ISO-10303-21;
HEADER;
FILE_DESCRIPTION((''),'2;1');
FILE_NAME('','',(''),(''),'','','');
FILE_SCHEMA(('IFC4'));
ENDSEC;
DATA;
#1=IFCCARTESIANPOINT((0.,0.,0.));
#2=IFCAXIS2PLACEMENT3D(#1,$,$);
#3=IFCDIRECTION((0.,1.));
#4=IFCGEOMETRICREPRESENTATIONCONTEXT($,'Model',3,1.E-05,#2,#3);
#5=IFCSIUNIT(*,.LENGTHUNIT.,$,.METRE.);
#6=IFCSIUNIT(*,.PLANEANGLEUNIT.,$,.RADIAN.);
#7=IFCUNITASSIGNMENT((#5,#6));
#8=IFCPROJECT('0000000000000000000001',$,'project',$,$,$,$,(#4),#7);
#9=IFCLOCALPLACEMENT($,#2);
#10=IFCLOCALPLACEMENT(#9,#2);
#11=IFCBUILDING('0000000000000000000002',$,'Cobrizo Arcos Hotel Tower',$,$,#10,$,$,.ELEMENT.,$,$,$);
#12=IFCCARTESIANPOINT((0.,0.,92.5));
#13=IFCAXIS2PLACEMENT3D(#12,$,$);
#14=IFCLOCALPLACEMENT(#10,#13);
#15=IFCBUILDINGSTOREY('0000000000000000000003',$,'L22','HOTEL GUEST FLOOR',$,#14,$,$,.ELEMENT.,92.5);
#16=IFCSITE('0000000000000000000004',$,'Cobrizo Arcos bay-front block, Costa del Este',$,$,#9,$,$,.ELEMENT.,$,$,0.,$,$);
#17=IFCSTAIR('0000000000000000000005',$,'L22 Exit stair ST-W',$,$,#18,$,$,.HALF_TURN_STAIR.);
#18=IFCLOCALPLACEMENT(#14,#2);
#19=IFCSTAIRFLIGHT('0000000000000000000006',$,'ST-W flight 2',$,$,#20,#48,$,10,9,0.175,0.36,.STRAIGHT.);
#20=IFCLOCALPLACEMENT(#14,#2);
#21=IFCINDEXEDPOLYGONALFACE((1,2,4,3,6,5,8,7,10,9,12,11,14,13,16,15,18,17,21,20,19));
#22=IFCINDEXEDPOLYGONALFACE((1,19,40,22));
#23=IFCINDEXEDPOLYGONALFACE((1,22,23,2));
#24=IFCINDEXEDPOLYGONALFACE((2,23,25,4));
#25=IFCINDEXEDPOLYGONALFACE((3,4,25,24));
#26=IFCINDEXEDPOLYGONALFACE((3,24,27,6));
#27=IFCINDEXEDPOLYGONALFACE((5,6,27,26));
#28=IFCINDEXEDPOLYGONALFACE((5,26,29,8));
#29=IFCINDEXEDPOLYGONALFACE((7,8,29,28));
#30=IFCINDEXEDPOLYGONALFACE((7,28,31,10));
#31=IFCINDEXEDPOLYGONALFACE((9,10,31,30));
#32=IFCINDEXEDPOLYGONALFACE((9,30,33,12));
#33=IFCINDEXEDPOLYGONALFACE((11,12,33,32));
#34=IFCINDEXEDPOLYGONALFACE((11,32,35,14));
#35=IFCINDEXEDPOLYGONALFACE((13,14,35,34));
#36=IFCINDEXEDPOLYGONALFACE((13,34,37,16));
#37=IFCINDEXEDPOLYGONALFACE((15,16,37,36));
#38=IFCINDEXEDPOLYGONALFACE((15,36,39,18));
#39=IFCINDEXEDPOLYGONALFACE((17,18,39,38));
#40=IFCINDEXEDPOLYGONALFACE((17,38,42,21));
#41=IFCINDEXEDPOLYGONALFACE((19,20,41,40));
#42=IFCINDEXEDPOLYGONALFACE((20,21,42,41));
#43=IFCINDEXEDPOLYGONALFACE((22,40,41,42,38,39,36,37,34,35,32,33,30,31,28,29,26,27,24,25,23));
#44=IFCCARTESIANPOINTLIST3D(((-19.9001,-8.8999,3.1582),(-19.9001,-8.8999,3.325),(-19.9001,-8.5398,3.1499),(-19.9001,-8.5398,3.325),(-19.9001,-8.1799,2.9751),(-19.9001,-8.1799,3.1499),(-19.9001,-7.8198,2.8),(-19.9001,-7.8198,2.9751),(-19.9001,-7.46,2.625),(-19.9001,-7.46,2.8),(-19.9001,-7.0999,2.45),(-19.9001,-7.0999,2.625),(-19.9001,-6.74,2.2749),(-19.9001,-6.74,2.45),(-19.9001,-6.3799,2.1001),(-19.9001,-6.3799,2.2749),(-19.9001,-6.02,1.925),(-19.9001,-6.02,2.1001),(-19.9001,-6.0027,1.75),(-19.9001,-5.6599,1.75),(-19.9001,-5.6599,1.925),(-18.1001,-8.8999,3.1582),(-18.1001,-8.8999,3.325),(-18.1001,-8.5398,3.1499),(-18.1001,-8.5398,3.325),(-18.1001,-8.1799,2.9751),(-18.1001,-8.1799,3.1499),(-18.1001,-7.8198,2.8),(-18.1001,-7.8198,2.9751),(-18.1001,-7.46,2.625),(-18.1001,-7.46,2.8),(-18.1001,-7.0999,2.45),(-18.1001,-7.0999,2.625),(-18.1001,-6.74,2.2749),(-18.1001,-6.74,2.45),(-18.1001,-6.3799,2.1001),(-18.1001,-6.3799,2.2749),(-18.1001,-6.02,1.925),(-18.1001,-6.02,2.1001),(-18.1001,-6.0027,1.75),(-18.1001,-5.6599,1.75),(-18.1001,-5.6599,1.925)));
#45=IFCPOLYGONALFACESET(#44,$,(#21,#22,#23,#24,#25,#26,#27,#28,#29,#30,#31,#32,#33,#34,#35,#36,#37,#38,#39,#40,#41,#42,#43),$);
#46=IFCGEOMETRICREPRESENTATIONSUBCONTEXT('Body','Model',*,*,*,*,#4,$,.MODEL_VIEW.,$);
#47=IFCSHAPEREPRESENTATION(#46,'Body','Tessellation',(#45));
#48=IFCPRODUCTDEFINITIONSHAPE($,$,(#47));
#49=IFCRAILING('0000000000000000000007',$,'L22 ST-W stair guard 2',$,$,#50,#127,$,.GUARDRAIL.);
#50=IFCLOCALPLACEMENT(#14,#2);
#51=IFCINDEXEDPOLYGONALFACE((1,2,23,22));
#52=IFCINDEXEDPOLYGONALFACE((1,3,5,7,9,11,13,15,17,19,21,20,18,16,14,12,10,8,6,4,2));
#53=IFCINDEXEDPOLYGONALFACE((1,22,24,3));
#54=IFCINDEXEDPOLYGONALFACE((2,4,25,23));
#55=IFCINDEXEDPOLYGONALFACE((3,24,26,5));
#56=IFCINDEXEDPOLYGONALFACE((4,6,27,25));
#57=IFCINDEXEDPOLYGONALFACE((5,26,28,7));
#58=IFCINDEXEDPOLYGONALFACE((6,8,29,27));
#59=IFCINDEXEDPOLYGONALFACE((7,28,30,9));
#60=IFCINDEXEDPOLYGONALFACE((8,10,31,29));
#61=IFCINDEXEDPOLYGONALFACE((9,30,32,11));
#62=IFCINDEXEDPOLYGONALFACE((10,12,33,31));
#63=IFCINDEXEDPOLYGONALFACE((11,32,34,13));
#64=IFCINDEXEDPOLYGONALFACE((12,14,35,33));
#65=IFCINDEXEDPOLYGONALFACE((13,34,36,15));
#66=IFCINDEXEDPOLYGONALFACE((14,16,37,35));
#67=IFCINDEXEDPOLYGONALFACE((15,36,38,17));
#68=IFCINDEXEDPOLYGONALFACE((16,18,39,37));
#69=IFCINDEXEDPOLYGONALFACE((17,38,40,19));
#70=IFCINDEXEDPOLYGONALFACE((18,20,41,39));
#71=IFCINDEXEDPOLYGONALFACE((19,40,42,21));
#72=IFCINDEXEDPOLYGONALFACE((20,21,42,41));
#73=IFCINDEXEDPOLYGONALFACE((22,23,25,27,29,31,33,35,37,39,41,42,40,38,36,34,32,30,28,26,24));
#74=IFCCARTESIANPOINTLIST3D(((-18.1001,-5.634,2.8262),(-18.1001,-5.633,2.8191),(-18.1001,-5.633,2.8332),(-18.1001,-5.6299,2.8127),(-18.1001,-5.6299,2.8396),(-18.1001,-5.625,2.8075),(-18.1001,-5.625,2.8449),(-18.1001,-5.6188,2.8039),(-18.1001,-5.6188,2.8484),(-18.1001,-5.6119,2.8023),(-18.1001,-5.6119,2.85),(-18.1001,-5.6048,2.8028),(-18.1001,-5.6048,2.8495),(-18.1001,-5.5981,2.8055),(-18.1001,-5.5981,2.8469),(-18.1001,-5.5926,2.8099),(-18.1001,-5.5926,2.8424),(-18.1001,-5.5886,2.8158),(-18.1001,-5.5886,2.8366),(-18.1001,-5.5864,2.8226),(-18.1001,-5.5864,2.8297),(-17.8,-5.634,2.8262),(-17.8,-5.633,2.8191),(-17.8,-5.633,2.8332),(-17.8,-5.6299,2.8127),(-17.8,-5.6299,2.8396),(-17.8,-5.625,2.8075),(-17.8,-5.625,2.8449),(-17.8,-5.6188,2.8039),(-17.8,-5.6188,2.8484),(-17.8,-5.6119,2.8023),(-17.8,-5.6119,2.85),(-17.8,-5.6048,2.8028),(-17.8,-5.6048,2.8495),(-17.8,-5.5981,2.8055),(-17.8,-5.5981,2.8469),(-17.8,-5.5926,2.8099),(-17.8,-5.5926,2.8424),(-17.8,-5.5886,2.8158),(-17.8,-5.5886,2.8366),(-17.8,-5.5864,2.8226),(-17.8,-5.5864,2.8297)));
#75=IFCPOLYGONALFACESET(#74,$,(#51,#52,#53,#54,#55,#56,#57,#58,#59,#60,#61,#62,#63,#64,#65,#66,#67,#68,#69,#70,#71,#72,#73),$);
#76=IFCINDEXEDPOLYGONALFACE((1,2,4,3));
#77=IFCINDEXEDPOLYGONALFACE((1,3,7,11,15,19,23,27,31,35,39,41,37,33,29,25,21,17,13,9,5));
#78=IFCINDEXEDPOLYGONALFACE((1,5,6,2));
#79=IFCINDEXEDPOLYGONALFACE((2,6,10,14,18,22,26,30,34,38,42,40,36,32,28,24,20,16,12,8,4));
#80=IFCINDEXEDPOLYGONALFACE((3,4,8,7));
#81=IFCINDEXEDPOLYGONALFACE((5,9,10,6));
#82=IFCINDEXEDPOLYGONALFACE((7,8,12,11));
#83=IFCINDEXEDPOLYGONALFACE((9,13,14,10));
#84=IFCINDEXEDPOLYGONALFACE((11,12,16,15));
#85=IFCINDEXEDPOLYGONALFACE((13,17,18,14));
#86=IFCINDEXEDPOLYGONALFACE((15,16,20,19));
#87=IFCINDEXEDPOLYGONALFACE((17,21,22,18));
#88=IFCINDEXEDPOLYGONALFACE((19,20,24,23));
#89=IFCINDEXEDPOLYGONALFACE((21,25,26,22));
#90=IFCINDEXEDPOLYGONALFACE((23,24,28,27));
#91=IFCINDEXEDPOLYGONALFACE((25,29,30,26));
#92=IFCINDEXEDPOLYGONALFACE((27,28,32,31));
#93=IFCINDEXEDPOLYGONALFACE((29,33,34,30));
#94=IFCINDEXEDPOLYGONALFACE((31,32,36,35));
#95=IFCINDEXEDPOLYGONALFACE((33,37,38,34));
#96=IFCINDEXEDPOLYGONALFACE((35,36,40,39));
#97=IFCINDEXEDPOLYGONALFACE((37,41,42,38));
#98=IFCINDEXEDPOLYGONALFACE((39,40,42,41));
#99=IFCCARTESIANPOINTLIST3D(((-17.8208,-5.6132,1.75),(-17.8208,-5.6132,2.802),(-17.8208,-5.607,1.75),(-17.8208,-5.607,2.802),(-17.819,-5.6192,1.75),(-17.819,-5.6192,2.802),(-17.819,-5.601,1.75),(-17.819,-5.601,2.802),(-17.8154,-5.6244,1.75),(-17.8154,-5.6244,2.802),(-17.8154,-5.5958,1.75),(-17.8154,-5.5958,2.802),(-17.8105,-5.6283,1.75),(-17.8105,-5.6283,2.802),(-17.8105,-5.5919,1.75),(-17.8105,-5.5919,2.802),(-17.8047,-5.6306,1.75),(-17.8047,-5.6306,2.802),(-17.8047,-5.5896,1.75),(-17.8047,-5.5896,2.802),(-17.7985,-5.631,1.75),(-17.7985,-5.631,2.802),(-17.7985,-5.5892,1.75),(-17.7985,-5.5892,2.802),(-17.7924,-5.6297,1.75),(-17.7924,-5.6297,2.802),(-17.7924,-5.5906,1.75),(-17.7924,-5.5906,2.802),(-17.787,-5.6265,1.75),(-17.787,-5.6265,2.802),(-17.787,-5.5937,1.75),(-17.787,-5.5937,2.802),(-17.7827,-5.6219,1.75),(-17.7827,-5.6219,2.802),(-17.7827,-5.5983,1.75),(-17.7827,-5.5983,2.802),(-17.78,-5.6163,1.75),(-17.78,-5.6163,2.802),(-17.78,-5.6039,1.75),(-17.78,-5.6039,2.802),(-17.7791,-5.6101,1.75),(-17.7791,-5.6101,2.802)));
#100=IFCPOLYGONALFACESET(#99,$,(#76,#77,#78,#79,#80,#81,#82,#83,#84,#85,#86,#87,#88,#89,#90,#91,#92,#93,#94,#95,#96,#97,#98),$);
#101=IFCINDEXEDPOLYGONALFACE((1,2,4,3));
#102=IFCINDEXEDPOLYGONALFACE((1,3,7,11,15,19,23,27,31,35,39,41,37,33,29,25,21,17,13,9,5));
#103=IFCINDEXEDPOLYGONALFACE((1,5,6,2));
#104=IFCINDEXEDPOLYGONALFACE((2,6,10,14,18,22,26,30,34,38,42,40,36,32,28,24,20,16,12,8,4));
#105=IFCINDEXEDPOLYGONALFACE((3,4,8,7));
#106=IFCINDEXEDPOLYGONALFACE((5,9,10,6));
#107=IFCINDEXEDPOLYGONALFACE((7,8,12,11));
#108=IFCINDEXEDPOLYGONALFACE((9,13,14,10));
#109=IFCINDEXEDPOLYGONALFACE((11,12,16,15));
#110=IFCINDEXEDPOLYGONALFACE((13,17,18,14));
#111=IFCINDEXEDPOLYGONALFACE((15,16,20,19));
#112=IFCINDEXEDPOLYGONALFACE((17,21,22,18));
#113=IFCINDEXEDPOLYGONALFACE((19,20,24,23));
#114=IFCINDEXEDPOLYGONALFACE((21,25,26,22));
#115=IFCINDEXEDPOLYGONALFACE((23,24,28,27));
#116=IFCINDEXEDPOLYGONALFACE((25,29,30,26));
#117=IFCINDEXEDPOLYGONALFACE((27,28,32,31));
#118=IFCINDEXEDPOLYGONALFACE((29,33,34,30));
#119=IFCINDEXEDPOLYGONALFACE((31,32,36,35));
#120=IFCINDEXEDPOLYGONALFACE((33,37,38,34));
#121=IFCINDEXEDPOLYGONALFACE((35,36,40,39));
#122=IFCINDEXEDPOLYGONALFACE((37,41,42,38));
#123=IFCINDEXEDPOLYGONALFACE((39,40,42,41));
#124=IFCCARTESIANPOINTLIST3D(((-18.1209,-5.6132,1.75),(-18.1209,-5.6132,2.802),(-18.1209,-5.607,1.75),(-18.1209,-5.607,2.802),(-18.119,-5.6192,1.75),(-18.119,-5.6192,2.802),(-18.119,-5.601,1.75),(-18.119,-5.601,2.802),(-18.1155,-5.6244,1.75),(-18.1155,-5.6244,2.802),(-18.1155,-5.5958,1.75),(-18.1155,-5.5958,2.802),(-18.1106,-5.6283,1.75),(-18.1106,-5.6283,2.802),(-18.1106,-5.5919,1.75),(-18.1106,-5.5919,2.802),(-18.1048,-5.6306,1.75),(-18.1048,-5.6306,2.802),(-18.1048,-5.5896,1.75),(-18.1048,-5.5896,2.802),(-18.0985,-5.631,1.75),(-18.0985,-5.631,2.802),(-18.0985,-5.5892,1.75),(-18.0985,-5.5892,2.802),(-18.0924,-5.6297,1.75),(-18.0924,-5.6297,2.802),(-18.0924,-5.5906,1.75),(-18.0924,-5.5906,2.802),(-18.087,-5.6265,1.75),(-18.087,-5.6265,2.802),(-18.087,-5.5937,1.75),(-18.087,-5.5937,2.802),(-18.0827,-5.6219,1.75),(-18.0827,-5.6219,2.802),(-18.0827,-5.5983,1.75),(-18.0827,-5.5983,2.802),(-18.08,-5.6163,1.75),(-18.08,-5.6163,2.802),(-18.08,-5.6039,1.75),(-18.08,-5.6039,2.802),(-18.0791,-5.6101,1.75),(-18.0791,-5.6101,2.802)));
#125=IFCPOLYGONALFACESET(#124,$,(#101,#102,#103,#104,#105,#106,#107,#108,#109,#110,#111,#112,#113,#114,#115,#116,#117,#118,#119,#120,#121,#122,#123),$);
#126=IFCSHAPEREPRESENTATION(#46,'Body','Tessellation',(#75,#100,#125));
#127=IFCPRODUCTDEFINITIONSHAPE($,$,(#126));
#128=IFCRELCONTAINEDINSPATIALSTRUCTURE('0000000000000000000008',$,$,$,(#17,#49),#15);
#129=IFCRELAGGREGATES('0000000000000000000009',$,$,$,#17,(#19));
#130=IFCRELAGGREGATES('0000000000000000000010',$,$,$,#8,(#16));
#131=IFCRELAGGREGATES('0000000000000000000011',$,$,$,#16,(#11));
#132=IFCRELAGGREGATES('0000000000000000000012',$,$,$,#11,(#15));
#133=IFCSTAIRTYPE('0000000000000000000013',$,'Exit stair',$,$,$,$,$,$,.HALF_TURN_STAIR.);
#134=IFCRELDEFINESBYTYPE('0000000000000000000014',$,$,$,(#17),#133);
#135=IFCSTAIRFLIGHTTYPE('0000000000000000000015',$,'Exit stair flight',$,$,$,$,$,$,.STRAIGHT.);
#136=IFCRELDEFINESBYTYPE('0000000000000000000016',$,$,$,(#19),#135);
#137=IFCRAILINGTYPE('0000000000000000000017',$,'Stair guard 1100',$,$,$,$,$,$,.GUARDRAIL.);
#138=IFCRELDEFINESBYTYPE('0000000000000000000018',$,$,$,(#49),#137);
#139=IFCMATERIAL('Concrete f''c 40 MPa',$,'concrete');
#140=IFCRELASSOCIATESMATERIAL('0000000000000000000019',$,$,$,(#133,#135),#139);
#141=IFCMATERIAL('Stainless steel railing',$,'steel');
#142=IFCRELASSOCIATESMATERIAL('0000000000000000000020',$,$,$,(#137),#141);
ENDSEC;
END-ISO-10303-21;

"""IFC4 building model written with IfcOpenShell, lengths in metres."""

from ifc_helpers import new_model, si_unit, direction, frame, origin, origin_2d, place, context, subcontext, project, spatial, polyline, circle, outline, extrude, material, type_object, element, aggregate, save


model = new_model("IFC4")

# Units and contexts
model_context = context("Model", 3, precision=1e-05, world=origin(), true_north=direction((0.0, 1.0)))
body_context = subcontext(model_context, "Body", "Model", "MODEL_VIEW")
ifc_project = project(units=[si_unit("LENGTHUNIT", "METRE"), si_unit("PLANEANGLEUNIT", "RADIAN")], contexts=[model_context])

# Site, building, storey
site_placement = place(None, origin())
site = spatial("IfcSite", under=ifc_project, at=site_placement, Name="Cobrizo Arcos bay-front block, Costa del Este", CompositionType="ELEMENT", RefElevation=0.0)
building_placement = place(site_placement, origin())
building = spatial("IfcBuilding", under=site, at=building_placement, Name="Cobrizo Arcos Hotel Tower", CompositionType="ELEMENT")
storey_placement = place(building_placement, frame((0.0, 0.0, 92.5)))
storey = spatial("IfcBuildingStorey", under=building, at=storey_placement, Name="L22", Description="HOTEL GUEST FLOOR", CompositionType="ELEMENT", Elevation=92.5)

# Shared definitions
ifc_material_1 = material(Name="Concrete f'c 40 MPa", Category="concrete")

# Stair, stair flight
stair_type = type_object("IfcStairType", Name="Exit stair", PredefinedType="HALF_TURN_STAIR", material=ifc_material_1)
stair_placement = place(storey_placement, origin())
stair = element("IfcStair", 1, at=stair_placement, inside=storey, type_object=stair_type, Name="L22 Exit stair ST-W", PredefinedType="HALF_TURN_STAIR")
stair_flight_type = type_object("IfcStairFlightType", Name="Exit stair flight", PredefinedType="STRAIGHT", material=ifc_material_1)
stair_flight_placement = place(storey_placement, frame((-19.0, -5.6599, 1.75), z_axis=(0.0, 0.0, 1.0), x_axis=(0.0, -1.0, 0.0)))
stair_flight = element("IfcStairFlight", 2, at=stair_flight_placement, type_object=stair_flight_type, Name="ST-W flight 2", NumberOfRisers=10, NumberOfTreads=9, PredefinedType="STRAIGHT", RiserHeight=0.175, TreadLength=0.36, context=body_context, shape_type="SweptSolid", body=[
    extrude(outline(polyline([(0.0, 0.0), (0.0, 0.175), (0.3601, 0.175), (0.3601, 0.3501), (0.72, 0.3501), (0.72, 0.5249), (1.0801, 0.5249), (1.0801, 0.7), (1.4399, 0.7), (1.4399, 0.875), (1.8, 0.875), (1.8, 1.05), (2.1599, 1.05), (2.1599, 1.2251), (2.52, 1.2251), (2.52, 1.3999), (2.8799, 1.3999), (2.8799, 1.575), (3.24, 1.575), (3.24, 1.75), (3.24, 1.4082), (0.3428, 0.0), (0.0, 0.0)])), frame((0.0, 0.8999, 0.0), z_axis=(0.0, -1.0, 0.0), x_axis=(1.0, 0.0, 0.0)), (0.0, 0.0, 1.0), 1.8),
])
aggregate(stair, [stair_flight])

# Railing
ifc_material_2 = material(Name="Stainless steel railing", Category="steel")
railing_type_1 = type_object("IfcRailingType", Name="Stair guard 1100", PredefinedType="GUARDRAIL", material=ifc_material_2)
railing_1_placement = place(storey_placement, frame((-17.8, -5.6101, 1.75)))
element("IfcRailing", 3, at=railing_1_placement, inside=storey, type_object=railing_type_1, Name="L22 ST-W stair guard 2", PredefinedType="GUARDRAIL", context=body_context, shape_type="SweptSolid", body=[
    extrude(circle(Radius=0.0239, at=origin_2d()), frame((0.0, 0.0, 1.0762), z_axis=(-1.0, 0.0, 0.0), x_axis=(0.0, -1.0, 0.0)), (0.0, 0.0, 1.0), 0.3),
    extrude(circle(Radius=0.021, at=origin_2d()), origin(), (0.0, 0.0, 1.0), 1.052),
    extrude(circle(Radius=0.021, at=origin_2d()), frame((-0.3, 0.0, 0.0)), (0.0, 0.0, 1.0), 1.052),
])

save(model, "model.ifc")
